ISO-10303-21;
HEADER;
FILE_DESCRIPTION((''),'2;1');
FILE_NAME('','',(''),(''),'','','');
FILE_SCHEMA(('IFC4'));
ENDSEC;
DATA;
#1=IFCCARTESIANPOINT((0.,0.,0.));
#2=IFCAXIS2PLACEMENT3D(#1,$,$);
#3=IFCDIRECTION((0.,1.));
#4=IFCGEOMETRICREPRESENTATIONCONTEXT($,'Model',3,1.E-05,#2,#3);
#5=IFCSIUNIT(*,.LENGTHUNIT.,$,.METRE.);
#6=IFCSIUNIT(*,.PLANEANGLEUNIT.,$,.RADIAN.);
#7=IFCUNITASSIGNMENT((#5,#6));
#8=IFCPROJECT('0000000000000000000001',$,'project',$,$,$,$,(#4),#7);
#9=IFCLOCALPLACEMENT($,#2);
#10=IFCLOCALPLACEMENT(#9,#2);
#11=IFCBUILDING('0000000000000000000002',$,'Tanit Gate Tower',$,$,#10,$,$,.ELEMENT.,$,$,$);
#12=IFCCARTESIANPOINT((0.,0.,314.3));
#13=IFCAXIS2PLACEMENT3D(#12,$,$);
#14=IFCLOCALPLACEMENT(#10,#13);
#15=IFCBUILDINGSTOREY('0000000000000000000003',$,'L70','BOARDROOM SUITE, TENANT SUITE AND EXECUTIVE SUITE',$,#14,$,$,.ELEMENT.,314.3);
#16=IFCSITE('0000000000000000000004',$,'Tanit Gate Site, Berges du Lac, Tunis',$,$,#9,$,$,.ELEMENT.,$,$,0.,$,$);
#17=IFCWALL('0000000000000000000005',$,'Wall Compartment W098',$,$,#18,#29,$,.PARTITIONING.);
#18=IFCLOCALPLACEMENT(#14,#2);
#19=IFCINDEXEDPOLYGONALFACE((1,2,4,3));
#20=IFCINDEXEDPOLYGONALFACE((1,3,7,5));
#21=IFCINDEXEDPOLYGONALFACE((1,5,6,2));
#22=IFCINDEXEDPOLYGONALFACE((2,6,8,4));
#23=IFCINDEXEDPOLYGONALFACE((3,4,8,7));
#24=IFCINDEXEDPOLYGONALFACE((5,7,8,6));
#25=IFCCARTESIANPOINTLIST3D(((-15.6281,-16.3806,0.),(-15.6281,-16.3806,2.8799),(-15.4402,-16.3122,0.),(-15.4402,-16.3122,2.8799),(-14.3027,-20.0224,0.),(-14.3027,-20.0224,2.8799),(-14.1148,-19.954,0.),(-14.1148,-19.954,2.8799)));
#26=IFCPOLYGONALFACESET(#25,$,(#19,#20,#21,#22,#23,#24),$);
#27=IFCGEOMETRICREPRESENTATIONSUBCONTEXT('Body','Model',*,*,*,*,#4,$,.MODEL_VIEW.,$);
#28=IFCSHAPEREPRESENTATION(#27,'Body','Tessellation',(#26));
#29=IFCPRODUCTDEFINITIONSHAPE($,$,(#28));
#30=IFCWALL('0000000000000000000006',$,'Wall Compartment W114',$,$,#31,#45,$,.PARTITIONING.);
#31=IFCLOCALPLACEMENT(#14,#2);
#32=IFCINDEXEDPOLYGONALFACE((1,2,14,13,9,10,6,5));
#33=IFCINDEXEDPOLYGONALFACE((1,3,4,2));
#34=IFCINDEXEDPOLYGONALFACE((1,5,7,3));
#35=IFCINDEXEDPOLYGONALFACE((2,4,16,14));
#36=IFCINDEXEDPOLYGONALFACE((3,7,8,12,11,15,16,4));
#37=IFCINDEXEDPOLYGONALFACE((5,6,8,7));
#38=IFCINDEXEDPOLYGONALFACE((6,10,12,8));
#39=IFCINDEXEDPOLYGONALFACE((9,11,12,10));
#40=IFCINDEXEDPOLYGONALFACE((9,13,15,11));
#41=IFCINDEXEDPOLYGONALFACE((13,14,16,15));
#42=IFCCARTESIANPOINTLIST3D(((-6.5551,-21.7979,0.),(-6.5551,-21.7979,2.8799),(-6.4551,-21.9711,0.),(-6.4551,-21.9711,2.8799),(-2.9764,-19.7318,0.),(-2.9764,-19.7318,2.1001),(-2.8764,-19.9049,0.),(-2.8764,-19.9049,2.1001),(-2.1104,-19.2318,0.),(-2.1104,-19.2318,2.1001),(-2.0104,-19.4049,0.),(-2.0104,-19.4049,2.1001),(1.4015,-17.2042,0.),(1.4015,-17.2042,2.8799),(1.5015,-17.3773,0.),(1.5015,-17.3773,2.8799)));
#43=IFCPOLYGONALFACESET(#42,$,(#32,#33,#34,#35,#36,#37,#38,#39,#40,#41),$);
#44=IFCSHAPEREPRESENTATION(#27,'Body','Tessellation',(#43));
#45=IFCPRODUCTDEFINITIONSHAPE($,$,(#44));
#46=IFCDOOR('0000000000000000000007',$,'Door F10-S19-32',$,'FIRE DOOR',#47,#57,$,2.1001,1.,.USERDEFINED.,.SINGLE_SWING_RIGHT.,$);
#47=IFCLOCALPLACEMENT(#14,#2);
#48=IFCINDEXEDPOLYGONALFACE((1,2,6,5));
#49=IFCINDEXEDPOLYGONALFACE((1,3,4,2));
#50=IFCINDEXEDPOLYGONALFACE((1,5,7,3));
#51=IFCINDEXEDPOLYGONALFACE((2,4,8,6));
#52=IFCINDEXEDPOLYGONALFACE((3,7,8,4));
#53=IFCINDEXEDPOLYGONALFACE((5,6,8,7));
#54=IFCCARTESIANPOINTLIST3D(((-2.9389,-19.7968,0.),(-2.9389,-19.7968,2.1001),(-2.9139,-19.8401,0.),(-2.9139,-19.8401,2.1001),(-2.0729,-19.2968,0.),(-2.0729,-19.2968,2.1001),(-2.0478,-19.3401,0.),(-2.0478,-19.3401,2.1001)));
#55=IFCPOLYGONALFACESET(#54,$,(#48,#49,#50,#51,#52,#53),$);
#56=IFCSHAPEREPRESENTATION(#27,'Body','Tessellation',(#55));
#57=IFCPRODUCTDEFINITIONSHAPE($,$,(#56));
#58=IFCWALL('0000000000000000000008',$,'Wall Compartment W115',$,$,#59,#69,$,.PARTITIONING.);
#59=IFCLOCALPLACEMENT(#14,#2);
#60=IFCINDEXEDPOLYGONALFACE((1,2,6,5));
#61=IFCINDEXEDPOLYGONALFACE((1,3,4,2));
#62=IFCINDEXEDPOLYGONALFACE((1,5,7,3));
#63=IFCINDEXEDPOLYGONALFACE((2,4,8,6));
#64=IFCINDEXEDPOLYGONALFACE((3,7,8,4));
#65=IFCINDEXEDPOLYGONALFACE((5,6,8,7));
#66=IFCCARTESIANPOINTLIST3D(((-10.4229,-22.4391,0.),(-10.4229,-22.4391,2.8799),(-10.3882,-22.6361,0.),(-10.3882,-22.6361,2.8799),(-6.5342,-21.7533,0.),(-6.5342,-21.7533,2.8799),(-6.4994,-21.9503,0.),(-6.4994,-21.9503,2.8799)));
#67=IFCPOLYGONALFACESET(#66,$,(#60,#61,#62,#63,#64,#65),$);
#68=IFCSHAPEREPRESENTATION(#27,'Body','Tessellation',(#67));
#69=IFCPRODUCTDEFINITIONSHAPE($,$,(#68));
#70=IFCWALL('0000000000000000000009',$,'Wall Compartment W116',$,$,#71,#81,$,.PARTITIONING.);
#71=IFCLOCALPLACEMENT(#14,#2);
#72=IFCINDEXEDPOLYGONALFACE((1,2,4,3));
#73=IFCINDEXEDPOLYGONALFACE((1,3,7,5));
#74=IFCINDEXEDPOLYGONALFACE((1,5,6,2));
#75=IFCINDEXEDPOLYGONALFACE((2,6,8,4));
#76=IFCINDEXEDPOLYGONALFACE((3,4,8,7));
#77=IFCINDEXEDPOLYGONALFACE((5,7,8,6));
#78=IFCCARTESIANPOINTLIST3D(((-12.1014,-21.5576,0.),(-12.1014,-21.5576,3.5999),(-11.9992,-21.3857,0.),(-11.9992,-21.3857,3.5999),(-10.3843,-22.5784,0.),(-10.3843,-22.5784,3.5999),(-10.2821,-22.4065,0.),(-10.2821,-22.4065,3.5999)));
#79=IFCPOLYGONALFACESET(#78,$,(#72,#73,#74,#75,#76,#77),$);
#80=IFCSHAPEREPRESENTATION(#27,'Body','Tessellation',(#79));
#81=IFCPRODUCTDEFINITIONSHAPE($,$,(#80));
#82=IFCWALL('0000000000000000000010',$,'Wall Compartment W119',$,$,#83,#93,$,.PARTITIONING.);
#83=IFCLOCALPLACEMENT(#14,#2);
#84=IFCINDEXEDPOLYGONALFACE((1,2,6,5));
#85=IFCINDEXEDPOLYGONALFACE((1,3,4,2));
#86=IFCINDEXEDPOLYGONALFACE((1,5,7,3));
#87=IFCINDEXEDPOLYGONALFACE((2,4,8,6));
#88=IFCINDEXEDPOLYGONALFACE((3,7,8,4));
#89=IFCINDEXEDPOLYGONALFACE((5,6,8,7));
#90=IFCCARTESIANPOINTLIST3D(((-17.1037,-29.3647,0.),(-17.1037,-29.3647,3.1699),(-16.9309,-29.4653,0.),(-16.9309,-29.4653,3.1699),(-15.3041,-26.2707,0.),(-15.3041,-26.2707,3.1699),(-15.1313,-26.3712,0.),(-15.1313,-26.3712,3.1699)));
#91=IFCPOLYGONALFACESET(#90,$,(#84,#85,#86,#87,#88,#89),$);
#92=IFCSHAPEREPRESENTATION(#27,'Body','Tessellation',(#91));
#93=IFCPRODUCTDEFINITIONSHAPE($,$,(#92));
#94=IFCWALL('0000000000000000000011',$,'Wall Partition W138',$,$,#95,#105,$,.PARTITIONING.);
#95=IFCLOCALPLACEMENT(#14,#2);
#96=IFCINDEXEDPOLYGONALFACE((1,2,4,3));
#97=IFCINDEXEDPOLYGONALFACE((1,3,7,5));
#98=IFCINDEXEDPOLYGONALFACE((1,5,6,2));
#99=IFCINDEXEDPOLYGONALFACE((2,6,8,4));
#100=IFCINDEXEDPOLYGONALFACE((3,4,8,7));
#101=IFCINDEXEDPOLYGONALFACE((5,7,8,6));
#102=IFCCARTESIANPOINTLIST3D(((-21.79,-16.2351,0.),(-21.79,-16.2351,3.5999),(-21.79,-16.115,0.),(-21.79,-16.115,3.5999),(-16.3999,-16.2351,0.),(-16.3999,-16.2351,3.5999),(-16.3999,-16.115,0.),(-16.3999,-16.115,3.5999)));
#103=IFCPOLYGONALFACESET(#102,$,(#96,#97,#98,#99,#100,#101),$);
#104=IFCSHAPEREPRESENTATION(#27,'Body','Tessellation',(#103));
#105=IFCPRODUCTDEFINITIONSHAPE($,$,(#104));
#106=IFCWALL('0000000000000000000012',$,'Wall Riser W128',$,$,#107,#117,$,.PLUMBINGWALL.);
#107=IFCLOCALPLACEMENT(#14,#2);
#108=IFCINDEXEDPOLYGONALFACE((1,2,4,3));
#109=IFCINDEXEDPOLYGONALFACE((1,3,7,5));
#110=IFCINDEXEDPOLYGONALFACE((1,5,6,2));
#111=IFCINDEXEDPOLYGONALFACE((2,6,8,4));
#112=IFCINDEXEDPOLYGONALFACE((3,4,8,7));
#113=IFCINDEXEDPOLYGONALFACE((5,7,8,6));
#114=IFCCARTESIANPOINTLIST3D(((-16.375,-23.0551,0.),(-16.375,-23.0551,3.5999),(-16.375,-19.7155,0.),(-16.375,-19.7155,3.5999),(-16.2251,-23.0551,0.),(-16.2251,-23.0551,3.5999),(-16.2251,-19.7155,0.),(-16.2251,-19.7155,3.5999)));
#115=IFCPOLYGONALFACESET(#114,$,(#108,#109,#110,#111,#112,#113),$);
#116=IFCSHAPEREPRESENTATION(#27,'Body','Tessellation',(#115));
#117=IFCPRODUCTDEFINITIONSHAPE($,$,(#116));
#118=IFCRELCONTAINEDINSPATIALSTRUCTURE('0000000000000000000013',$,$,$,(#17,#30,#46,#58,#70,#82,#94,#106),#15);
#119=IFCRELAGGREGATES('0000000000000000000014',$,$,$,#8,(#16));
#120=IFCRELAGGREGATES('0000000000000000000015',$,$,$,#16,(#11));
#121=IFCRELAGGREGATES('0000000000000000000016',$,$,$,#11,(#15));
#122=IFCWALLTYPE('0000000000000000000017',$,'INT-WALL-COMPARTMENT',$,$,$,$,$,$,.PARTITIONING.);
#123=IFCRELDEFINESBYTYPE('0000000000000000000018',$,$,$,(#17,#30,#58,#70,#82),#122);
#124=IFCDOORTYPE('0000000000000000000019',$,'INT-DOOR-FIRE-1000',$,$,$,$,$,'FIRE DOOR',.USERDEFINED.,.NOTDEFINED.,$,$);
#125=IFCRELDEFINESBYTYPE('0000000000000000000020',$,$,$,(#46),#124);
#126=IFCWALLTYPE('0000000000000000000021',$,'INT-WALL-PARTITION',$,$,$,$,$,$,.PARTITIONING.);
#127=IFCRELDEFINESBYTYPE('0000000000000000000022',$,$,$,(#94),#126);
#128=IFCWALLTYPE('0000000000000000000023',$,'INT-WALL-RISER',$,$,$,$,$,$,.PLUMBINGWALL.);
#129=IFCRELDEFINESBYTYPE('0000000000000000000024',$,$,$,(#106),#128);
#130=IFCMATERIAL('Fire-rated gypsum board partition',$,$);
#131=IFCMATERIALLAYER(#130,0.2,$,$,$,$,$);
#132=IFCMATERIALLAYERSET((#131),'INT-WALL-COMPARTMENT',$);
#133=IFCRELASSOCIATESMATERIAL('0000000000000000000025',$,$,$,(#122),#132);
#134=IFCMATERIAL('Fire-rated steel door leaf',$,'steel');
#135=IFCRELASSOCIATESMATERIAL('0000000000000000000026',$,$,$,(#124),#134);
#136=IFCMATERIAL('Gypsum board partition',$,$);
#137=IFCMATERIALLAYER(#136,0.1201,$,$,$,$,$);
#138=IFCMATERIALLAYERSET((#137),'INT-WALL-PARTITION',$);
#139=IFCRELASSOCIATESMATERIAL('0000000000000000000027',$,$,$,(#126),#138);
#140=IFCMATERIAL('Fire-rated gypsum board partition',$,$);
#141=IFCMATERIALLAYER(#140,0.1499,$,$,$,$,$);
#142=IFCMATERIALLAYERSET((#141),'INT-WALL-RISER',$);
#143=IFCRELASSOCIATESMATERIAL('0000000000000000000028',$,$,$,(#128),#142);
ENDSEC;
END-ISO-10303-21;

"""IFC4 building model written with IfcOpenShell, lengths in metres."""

from ifc_helpers import new_model, si_unit, direction, frame, frame_2d, origin, place, context, subcontext, project, spatial, rectangle, extrude, material, layer, layer_set, type_object, element, fill, save


model = new_model("IFC4")

# Units and contexts
model_context = context("Model", 3, precision=1e-05, world=origin(), true_north=direction((0.0, 1.0)))
body_context = subcontext(model_context, "Body", "Model", "MODEL_VIEW")
ifc_project = project(units=[si_unit("LENGTHUNIT", "METRE"), si_unit("PLANEANGLEUNIT", "RADIAN")], contexts=[model_context])

# Site, building, storey
site_placement = place(None, origin())
site = spatial("IfcSite", under=ifc_project, at=site_placement, Name="Tanit Gate Site, Berges du Lac, Tunis", CompositionType="ELEMENT", RefElevation=0.0)
building_placement = place(site_placement, origin())
building = spatial("IfcBuilding", under=site, at=building_placement, Name="Tanit Gate Tower", CompositionType="ELEMENT")
storey_placement = place(building_placement, frame((0.0, 0.0, 314.3)))
storey = spatial("IfcBuildingStorey", under=building, at=storey_placement, Name="L70", Description="BOARDROOM SUITE, TENANT SUITE AND EXECUTIVE SUITE", CompositionType="ELEMENT", Elevation=314.3)

# Wall
ifc_material_1 = material(Name="Fire-rated gypsum board partition")
ifc_layer_1 = layer(ifc_material_1, 0.2)
ifc_layer_set_1 = layer_set([ifc_layer_1], Name="INT-WALL-COMPARTMENT")
wall_type_1 = type_object("IfcWallType", Name="INT-WALL-COMPARTMENT", PredefinedType="PARTITIONING", material=ifc_layer_set_1)
wall_1_placement = place(storey_placement, frame((-15.5342, -16.3464, 0.0), z_axis=(0.0, 0.0, 1.0), x_axis=(0.342001, -0.9397, 0.0)))
element("IfcWall", 1, at=wall_1_placement, inside=storey, type_object=wall_type_1, Name="Wall Compartment W098", PredefinedType="PARTITIONING", context=body_context, shape_type="SweptSolid", body=[
    extrude(rectangle(XDim=3.8755, YDim=0.2, at=frame_2d((1.9377, 0.0))), origin(), (0.0, 0.0, 1.0), 2.8799),
])

# Wall, opening, door
wall_2_placement = place(storey_placement, frame((-6.5051, -21.8845, 0.0), z_axis=(0.0, 0.0, 1.0), x_axis=(0.866024, 0.500003, 0.0)))
wall_2 = element("IfcWall", 2, at=wall_2_placement, inside=storey, type_object=wall_type_1, Name="Wall Compartment W114", PredefinedType="PARTITIONING", context=body_context, shape_type="SweptSolid", body=[
    extrude(rectangle(XDim=9.1875, YDim=0.2, at=frame_2d((4.5938, 0.0))), origin(), (0.0, 0.0, 1.0), 2.8799),
])
opening_1_placement = place(wall_2_placement, frame((4.1323, 0.0, 0.0)))
opening_1 = element("IfcOpeningElement", 3, at=opening_1_placement, cuts=wall_2, PredefinedType="OPENING", context=body_context, shape_type="SweptSolid", body=[
    extrude(rectangle(XDim=1.0, YDim=2.1001, at=frame_2d((0.5, 1.05))), frame((0.0, 0.1099, 0.0), z_axis=(0.0, -1.0, 0.0), x_axis=(1.0, 0.0, 0.0)), (0.0, 0.0, 1.0), 0.22),
])
ifc_material_2 = material(Name="Fire-rated steel door leaf", Category="steel")
door_type_1 = type_object("IfcDoorType", Name="INT-DOOR-FIRE-1000", ElementType="FIRE DOOR", OperationType="NOTDEFINED", PredefinedType="USERDEFINED", material=ifc_material_2)
door_1_placement = place(opening_1_placement, origin())
door_1 = element("IfcDoor", 4, at=door_1_placement, inside=storey, type_object=door_type_1, Name="Door F10-S19-32", ObjectType="FIRE DOOR", OperationType="SINGLE_SWING_RIGHT", OverallHeight=2.1001, OverallWidth=1.0, PredefinedType="USERDEFINED", context=body_context, shape_type="SweptSolid", body=[
    extrude(rectangle(XDim=1.0, YDim=2.1001, at=frame_2d((0.5, 1.05))), frame((0.0, 0.0249, 0.0), z_axis=(0.0, -1.0, 0.0), x_axis=(1.0, 0.0, 0.0)), (0.0, 0.0, 1.0), 0.05),
])
fill(opening_1, door_1)

# Walls
wall_3_placement = place(storey_placement, frame((-10.4055, -22.5376, 0.0), z_axis=(0.0, 0.0, 1.0), x_axis=(0.984803, 0.173676, 0.0)))
element("IfcWall", 5, at=wall_3_placement, inside=storey, type_object=wall_type_1, Name="Wall Compartment W115", PredefinedType="PARTITIONING", context=body_context, shape_type="SweptSolid", body=[
    extrude(rectangle(XDim=3.9487, YDim=0.2, at=frame_2d((1.9744, 0.0))), origin(), (0.0, 0.0, 1.0), 2.8799),
])
wall_4_placement = place(storey_placement, frame((-12.0503, -21.4717, 0.0), z_axis=(0.0, 0.0, 1.0), x_axis=(0.859578, -0.511005, 0.0)))
element("IfcWall", 6, at=wall_4_placement, inside=storey, type_object=wall_type_1, Name="Wall Compartment W116", PredefinedType="PARTITIONING", context=body_context, shape_type="SweptSolid", body=[
    extrude(rectangle(XDim=1.9976, YDim=0.2, at=frame_2d((0.9988, 0.0))), origin(), (0.0, 0.0, 1.0), 3.5999),
])
wall_5_placement = place(storey_placement, frame((-15.2178, -26.321, 0.0), z_axis=(0.0, 0.0, 1.0), x_axis=(-0.502772, -0.864419, 0.0)))
element("IfcWall", 7, at=wall_5_placement, inside=storey, type_object=wall_type_1, Name="Wall Compartment W119", PredefinedType="PARTITIONING", context=body_context, shape_type="SweptSolid", body=[
    extrude(rectangle(XDim=3.5793, YDim=0.2, at=frame_2d((1.7896, 0.0))), origin(), (0.0, 0.0, 1.0), 3.1699),
])
ifc_material_3 = material(Name="Gypsum board partition")
ifc_layer_2 = layer(ifc_material_3, 0.1201)
ifc_layer_set_2 = layer_set([ifc_layer_2], Name="INT-WALL-PARTITION")
wall_type_2 = type_object("IfcWallType", Name="INT-WALL-PARTITION", PredefinedType="PARTITIONING", material=ifc_layer_set_2)
wall_6_placement = place(storey_placement, frame((-16.3999, -16.175, 0.0), z_axis=(0.0, 0.0, 1.0), x_axis=(-1.0, 0.0, 0.0)))
element("IfcWall", 8, at=wall_6_placement, inside=storey, type_object=wall_type_2, Name="Wall Partition W138", PredefinedType="PARTITIONING", context=body_context, shape_type="SweptSolid", body=[
    extrude(rectangle(XDim=5.3901, YDim=0.1201, at=frame_2d((2.6951, 0.0))), origin(), (0.0, 0.0, 1.0), 3.5999),
])
ifc_material_4 = material(Name="Fire-rated gypsum board partition")
ifc_layer_3 = layer(ifc_material_4, 0.1499)
ifc_layer_set_3 = layer_set([ifc_layer_3], Name="INT-WALL-RISER")
wall_type_3 = type_object("IfcWallType", Name="INT-WALL-RISER", PredefinedType="PLUMBINGWALL", material=ifc_layer_set_3)
wall_7_placement = place(storey_placement, frame((-16.3, -19.7153, 0.0), z_axis=(0.0, 0.0, 1.0), x_axis=(0.0, -1.0, 0.0)))
element("IfcWall", 9, at=wall_7_placement, inside=storey, type_object=wall_type_3, Name="Wall Riser W128", PredefinedType="PLUMBINGWALL", context=body_context, shape_type="SweptSolid", body=[
    extrude(rectangle(XDim=3.3396, YDim=0.1499, at=frame_2d((1.6699, 0.0))), origin(), (0.0, 0.0, 1.0), 3.5999),
])

save(model, "model.ifc")
